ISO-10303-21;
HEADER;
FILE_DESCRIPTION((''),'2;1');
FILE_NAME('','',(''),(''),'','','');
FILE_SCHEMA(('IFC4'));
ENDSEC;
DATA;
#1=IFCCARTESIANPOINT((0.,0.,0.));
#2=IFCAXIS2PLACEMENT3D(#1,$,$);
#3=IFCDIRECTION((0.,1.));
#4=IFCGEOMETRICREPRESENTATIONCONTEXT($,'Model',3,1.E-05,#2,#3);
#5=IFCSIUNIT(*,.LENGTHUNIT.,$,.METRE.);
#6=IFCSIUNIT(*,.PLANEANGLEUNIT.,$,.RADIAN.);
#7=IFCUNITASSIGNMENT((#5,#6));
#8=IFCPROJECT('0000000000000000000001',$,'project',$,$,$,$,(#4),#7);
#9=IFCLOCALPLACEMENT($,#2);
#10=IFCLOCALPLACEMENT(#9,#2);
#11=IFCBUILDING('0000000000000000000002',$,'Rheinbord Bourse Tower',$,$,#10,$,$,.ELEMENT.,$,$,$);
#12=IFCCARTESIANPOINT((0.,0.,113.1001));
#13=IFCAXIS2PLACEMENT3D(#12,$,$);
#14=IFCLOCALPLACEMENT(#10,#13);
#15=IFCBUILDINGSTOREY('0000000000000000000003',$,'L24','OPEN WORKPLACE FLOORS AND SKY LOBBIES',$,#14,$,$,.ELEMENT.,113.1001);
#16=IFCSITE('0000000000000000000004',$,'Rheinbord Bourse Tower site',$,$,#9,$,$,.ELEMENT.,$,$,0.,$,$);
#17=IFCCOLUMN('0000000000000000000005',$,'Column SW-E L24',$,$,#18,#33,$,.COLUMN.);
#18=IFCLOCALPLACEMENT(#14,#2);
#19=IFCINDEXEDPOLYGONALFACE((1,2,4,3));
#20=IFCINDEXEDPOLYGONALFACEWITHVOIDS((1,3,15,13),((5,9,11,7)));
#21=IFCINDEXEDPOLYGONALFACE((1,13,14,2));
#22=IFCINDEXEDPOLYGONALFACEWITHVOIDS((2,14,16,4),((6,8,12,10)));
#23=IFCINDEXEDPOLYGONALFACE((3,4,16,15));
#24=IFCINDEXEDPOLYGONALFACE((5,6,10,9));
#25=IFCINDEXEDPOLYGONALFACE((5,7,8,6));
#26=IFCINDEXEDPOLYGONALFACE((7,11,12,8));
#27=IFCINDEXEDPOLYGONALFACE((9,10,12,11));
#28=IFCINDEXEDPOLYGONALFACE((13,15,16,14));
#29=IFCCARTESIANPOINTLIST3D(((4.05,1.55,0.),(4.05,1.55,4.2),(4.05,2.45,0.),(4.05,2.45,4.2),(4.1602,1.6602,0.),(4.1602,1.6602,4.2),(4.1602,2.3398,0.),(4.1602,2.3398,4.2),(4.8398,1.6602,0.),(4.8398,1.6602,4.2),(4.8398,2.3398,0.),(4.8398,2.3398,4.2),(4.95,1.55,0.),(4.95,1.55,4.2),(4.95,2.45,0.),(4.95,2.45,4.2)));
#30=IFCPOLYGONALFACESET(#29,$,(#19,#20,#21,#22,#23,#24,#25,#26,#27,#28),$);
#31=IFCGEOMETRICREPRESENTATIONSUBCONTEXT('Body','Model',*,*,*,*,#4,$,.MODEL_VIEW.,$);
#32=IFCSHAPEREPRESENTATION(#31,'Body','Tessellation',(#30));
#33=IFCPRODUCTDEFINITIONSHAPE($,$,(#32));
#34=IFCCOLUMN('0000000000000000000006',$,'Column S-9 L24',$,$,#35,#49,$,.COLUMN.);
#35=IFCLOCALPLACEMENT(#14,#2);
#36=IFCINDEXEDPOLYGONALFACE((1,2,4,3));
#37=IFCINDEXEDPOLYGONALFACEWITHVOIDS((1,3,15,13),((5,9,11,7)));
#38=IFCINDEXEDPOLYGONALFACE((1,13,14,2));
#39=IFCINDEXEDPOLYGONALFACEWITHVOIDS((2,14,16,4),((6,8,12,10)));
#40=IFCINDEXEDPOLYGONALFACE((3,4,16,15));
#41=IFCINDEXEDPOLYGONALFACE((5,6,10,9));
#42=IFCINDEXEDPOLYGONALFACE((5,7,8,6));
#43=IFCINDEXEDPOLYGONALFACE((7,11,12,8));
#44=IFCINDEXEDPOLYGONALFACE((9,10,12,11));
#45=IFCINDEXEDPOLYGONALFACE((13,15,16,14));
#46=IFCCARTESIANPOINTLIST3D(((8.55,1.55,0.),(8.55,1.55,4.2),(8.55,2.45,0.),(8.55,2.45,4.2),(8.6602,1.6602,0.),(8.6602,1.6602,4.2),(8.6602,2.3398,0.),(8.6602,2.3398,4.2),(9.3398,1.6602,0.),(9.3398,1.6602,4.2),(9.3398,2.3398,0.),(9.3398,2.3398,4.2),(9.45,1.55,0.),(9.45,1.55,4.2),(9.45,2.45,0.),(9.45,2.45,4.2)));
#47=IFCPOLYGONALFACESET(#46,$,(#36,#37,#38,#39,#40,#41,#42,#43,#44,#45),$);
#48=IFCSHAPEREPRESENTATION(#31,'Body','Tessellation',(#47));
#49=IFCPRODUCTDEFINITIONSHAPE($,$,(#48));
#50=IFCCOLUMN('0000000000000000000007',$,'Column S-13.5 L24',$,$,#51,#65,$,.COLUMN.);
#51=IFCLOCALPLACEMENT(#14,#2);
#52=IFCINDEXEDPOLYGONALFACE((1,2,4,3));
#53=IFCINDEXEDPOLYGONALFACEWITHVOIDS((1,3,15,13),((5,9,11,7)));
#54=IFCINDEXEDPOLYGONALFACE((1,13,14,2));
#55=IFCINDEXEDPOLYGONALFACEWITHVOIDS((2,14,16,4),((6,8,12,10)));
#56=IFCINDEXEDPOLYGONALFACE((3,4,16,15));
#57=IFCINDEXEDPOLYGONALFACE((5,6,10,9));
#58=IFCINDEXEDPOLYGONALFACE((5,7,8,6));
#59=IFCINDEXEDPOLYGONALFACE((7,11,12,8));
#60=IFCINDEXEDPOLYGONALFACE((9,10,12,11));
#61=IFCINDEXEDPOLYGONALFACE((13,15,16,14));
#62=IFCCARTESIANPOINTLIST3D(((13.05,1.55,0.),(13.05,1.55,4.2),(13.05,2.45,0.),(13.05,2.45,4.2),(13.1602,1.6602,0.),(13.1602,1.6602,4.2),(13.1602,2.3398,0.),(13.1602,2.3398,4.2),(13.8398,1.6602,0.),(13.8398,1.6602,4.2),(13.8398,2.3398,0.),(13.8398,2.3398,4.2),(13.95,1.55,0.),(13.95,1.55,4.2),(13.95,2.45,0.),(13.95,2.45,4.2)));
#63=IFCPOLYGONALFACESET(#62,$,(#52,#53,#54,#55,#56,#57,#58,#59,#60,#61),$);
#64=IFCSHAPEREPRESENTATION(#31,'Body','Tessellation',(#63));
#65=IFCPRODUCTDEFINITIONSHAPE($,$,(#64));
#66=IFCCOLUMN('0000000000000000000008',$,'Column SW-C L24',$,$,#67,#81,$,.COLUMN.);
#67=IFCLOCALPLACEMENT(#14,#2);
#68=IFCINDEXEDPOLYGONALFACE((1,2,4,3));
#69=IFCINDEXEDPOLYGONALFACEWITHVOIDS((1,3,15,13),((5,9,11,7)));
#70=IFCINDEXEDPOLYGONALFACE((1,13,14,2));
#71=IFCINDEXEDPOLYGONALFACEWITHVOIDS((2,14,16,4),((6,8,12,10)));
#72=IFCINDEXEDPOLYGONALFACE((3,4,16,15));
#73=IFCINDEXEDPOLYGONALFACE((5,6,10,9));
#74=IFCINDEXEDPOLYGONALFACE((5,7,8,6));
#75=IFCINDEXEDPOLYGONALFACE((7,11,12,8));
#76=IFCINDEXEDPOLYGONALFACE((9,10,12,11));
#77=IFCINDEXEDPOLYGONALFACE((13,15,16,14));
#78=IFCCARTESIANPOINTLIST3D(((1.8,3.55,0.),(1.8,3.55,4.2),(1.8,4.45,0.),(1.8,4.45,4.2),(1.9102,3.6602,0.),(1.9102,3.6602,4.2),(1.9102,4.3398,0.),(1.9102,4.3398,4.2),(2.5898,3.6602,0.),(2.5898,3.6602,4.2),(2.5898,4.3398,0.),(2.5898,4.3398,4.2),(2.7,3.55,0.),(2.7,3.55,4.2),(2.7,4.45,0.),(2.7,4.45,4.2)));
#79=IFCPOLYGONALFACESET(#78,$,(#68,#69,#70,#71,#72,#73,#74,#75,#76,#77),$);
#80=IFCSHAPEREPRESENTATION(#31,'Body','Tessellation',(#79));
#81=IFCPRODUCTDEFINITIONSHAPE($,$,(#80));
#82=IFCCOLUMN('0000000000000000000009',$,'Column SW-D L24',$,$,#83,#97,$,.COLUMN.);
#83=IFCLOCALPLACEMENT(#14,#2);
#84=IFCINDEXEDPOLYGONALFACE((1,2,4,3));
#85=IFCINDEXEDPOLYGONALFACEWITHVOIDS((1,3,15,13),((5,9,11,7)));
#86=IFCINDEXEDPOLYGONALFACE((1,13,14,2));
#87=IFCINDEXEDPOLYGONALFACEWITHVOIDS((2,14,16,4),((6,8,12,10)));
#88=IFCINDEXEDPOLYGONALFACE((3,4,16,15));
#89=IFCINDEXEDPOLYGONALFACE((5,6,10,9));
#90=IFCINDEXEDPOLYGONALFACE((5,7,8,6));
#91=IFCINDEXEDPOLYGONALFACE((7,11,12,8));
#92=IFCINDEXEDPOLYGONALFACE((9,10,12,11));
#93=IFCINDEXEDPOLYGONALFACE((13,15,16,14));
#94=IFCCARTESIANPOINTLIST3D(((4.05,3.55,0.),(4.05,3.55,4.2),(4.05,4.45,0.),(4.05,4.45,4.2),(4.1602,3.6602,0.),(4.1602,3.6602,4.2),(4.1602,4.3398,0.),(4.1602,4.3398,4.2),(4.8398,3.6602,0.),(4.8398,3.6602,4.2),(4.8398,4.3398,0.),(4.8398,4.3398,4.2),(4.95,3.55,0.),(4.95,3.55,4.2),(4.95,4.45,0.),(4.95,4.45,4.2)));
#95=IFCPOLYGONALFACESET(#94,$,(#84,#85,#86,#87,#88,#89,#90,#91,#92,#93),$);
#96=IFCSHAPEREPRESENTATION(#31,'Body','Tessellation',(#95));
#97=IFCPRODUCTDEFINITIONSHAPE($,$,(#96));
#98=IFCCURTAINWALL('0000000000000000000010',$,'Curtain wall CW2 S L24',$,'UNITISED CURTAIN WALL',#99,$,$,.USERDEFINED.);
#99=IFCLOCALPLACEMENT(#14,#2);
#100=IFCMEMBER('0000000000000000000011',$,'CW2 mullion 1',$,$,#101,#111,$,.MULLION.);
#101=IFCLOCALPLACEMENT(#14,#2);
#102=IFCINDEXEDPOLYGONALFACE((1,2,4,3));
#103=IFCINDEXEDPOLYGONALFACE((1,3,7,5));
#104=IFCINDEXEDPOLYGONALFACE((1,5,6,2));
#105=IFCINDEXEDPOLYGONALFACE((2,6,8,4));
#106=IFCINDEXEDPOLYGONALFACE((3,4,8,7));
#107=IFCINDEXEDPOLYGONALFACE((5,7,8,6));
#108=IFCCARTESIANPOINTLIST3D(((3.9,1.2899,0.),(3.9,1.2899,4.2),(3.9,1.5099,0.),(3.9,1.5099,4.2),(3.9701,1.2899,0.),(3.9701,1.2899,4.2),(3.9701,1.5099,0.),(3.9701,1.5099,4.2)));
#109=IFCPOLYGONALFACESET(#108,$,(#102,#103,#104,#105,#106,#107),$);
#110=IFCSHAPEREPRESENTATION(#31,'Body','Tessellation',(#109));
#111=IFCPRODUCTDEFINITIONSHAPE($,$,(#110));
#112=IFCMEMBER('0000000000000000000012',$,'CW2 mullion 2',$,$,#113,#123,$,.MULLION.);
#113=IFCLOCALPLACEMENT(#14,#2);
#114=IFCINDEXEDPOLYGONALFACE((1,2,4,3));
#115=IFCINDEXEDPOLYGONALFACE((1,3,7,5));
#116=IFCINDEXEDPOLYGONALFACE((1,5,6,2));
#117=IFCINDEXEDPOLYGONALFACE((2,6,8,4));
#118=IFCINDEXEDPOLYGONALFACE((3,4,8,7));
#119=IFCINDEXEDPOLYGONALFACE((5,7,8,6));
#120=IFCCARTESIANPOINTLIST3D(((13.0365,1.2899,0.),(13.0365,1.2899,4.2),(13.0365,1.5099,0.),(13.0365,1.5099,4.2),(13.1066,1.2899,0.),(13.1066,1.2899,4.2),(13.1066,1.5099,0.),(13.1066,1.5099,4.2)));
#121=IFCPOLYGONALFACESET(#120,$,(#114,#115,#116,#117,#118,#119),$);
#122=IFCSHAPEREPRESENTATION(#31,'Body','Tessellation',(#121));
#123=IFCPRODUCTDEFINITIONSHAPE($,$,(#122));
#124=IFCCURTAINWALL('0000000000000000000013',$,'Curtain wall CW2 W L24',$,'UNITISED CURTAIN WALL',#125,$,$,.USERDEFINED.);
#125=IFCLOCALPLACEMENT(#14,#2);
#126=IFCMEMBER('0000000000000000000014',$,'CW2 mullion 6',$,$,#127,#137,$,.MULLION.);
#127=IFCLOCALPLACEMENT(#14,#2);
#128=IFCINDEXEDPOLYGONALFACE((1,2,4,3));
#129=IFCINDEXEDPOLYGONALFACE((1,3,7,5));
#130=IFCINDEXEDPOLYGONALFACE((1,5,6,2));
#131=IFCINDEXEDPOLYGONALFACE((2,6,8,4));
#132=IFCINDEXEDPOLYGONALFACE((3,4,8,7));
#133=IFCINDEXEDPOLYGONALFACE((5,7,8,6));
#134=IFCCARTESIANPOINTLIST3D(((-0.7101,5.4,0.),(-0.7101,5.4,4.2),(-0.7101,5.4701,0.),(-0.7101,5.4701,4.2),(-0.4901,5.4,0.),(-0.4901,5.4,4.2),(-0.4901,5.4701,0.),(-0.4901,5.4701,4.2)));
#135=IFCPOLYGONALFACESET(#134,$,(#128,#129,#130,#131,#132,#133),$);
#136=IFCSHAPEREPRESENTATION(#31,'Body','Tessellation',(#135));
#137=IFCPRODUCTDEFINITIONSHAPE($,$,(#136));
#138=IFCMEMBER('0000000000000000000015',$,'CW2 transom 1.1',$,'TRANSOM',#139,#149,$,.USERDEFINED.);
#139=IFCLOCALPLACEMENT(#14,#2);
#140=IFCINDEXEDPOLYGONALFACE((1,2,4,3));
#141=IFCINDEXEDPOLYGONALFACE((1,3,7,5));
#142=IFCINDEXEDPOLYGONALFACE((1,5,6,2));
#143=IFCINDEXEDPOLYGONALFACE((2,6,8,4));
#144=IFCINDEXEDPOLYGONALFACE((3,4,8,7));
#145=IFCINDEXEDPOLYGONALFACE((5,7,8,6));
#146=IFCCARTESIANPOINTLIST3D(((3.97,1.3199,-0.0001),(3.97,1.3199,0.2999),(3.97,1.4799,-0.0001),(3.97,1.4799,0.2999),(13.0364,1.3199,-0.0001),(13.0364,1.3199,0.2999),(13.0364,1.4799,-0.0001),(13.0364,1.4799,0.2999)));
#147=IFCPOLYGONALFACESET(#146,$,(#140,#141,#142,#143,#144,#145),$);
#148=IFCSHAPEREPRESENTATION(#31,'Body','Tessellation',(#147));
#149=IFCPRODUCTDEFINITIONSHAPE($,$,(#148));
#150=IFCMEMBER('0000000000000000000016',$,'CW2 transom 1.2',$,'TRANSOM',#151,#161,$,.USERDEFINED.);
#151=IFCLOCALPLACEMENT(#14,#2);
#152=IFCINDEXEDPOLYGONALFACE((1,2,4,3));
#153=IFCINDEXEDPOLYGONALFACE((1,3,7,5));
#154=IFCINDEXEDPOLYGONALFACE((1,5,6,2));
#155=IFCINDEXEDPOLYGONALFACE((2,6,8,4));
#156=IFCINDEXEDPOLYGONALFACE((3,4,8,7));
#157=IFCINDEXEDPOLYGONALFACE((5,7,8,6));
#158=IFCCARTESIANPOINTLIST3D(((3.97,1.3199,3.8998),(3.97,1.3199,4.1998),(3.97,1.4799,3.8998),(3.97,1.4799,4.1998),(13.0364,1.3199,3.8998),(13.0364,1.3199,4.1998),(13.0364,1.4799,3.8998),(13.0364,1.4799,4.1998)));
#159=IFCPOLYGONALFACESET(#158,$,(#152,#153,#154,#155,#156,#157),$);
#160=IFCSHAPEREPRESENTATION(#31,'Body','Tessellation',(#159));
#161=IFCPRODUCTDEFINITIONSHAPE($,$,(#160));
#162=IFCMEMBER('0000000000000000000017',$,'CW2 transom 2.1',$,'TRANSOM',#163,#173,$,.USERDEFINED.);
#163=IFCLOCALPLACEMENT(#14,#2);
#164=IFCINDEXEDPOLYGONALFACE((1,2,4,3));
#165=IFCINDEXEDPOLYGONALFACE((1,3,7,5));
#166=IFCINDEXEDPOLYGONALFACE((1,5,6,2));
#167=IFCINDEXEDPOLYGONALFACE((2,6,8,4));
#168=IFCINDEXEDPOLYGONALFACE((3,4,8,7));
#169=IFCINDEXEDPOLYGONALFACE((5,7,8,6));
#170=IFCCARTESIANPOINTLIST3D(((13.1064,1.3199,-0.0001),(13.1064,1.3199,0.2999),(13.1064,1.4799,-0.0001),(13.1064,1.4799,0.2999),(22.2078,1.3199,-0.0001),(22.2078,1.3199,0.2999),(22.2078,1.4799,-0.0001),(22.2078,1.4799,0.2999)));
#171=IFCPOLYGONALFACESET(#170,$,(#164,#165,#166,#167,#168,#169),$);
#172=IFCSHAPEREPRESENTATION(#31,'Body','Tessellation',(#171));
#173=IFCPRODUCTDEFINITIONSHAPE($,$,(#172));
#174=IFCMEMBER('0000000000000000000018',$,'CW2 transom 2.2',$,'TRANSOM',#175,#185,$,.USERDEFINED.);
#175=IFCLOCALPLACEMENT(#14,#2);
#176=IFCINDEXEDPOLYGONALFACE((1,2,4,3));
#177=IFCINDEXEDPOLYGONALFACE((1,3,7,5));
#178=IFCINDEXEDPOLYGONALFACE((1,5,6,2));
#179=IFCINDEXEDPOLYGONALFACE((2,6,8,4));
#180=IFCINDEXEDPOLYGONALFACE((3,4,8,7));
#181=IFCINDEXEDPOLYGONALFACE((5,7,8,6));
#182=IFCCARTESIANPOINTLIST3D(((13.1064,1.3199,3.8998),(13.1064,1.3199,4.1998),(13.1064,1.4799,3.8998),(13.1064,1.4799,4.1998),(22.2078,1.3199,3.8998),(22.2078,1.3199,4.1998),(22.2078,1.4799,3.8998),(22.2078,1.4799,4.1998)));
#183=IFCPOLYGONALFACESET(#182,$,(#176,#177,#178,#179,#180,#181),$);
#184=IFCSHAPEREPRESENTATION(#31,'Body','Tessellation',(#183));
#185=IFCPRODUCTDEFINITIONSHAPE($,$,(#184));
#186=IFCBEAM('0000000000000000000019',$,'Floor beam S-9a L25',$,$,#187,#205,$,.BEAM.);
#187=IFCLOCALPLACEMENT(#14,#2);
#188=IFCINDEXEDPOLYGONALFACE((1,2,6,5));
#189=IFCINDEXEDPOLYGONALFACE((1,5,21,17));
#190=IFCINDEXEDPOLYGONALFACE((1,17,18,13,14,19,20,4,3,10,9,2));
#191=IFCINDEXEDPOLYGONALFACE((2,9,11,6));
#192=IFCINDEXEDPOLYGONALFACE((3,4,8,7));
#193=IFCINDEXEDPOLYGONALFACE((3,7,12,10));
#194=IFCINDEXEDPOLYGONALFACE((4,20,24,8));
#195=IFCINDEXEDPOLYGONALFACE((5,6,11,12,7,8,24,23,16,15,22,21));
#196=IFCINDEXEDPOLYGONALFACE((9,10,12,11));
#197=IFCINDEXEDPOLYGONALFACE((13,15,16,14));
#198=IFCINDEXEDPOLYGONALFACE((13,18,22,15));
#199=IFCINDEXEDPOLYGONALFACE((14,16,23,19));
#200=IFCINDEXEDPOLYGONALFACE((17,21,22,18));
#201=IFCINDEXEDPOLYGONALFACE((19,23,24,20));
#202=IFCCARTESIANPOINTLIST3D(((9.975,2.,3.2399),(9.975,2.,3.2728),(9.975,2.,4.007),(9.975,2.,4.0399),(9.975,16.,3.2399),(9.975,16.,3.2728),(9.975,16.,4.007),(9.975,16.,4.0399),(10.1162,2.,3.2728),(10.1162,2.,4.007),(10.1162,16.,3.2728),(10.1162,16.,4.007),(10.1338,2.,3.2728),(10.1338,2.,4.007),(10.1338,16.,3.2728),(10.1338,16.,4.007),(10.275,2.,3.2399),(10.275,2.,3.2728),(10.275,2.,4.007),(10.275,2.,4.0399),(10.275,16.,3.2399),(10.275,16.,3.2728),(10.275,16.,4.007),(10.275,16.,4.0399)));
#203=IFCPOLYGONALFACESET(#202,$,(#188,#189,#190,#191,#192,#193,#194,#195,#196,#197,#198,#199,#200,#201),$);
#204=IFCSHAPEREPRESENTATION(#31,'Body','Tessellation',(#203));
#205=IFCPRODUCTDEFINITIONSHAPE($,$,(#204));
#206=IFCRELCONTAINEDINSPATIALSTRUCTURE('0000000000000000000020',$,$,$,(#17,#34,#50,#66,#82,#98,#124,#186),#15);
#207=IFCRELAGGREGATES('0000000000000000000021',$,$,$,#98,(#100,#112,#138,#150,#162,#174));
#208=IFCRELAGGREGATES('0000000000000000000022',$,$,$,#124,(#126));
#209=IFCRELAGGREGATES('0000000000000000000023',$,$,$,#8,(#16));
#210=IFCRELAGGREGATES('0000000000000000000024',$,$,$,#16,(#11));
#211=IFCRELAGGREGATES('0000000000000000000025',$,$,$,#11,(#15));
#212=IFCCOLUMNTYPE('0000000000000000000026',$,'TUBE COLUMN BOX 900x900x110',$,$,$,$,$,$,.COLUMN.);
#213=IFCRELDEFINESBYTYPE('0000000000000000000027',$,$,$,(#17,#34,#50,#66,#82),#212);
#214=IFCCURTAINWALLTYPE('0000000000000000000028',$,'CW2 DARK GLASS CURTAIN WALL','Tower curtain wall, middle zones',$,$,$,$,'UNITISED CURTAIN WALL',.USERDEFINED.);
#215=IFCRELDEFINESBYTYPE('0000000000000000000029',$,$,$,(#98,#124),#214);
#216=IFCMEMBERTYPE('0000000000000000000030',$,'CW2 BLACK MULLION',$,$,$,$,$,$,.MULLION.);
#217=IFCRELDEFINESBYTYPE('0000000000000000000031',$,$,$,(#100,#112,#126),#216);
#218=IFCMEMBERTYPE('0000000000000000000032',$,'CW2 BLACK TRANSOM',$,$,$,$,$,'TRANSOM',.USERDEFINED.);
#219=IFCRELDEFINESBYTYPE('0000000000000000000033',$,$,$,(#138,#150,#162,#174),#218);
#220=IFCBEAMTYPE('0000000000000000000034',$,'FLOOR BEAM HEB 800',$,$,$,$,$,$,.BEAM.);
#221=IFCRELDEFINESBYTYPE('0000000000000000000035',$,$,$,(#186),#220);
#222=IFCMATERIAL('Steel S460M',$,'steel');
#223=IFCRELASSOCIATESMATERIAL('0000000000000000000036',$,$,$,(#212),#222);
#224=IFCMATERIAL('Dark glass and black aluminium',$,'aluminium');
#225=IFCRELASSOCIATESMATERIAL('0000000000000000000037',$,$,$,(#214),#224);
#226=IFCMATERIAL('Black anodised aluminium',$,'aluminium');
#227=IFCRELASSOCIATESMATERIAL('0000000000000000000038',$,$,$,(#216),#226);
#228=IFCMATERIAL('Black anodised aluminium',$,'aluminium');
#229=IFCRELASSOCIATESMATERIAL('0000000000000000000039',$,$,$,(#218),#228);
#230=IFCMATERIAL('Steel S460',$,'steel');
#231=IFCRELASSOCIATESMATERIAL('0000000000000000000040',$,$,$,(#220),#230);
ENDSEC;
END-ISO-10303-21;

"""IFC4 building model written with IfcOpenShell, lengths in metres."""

from ifc_helpers import new_model, si_unit, direction, frame, origin, origin_2d, place, context, subcontext, project, spatial, rectangle, hollow_rectangle, i_section, extrude, material, material_profile, profile_set, type_object, element, aggregate, save


model = new_model("IFC4")

# Units and contexts
model_context = context("Model", 3, precision=1e-05, world=origin(), true_north=direction((0.0, 1.0)))
body_context = subcontext(model_context, "Body", "Model", "MODEL_VIEW")
ifc_project = project(units=[si_unit("LENGTHUNIT", "METRE"), si_unit("PLANEANGLEUNIT", "RADIAN")], contexts=[model_context])

# Site, building, storey
site_placement = place(None, origin())
site = spatial("IfcSite", under=ifc_project, at=site_placement, Name="Rheinbord Bourse Tower site", CompositionType="ELEMENT", RefElevation=0.0)
building_placement = place(site_placement, origin())
building = spatial("IfcBuilding", under=site, at=building_placement, Name="Rheinbord Bourse Tower", CompositionType="ELEMENT")
storey_placement = place(building_placement, frame((0.0, 0.0, 113.1001)))
storey = spatial("IfcBuildingStorey", under=building, at=storey_placement, Name="L24", Description="OPEN WORKPLACE FLOORS AND SKY LOBBIES", CompositionType="ELEMENT", Elevation=113.1001)

# Columns
ifc_material_1 = material(Name="Steel S460M", Category="steel")
ifc_material_profile_1 = material_profile(ifc_material_1, hollow_rectangle(XDim=0.8999, YDim=0.8999, WallThickness=0.1101, at=origin_2d()), Name="BOX 900x900x110")
ifc_profile_set_1 = profile_set([ifc_material_profile_1], Name="Steel S460M")
column_type = type_object("IfcColumnType", Name="TUBE COLUMN BOX 900x900x110", PredefinedType="COLUMN", material=ifc_profile_set_1)
for number, where, z_axis, x_axis, name in (
    (1, (4.5, 2.0, 0.0), (0.0, 0.0, 1.0), (0.0, 1.0, 0.0), "Column SW-E L24"),
    (2, (9.0, 2.0, 0.0), (0.0, 0.0, 1.0), (0.0, 1.0, 0.0), "Column S-9 L24"),
    (3, (13.5, 2.0, 0.0), (0.0, 0.0, 1.0), (0.0, 1.0, 0.0), "Column S-13.5 L24"),
    (4, (2.25, 4.0, 0.0), (0.0, 0.0, 1.0), (1.0, 0.0, 0.0), "Column SW-C L24"),
    (5, (4.5, 4.0, 0.0), (0.0, 0.0, 1.0), (0.0, 1.0, 0.0), "Column SW-D L24"),
):
    element("IfcColumn", number, at=place(storey_placement, frame(where, z_axis=z_axis, x_axis=x_axis)), inside=storey, type_object=column_type, Name=name, PredefinedType="COLUMN", context=body_context, shape_type="SweptSolid", body=[
        extrude(hollow_rectangle(XDim=0.8999, YDim=0.8999, WallThickness=0.1101, at=origin_2d()), origin(), (0.0, 0.0, 1.0), 4.2),
    ])

# Curtain wall, members
ifc_material_2 = material(Name="Dark glass and black aluminium", Category="aluminium")
curtain_wall_type = type_object("IfcCurtainWallType", Name="CW2 DARK GLASS CURTAIN WALL", Description="Tower curtain wall, middle zones", ElementType="UNITISED CURTAIN WALL", PredefinedType="USERDEFINED", material=ifc_material_2)
curtain_wall_1_placement = place(storey_placement, origin())
curtain_wall_1 = element("IfcCurtainWall", 6, at=curtain_wall_1_placement, inside=storey, type_object=curtain_wall_type, Name="Curtain wall CW2 S L24", ObjectType="UNITISED CURTAIN WALL", PredefinedType="USERDEFINED")
ifc_material_3 = material(Name="Black anodised aluminium", Category="aluminium")
ifc_material_profile_2 = material_profile(ifc_material_3, rectangle(XDim=0.22, YDim=0.0701, at=origin_2d()), Name="CW2 MULLION 70x220")
ifc_profile_set_2 = profile_set([ifc_material_profile_2], Name="Black anodised aluminium")
member_type_1 = type_object("IfcMemberType", Name="CW2 BLACK MULLION", PredefinedType="MULLION", material=ifc_profile_set_2)
member_1_placement = place(storey_placement, frame((3.9351, 1.3999, 0.0), z_axis=(0.0, 0.0, 1.0), x_axis=(0.0, 1.0, 0.0)))
member_1 = element("IfcMember", 7, at=member_1_placement, type_object=member_type_1, Name="CW2 mullion 1", PredefinedType="MULLION", context=body_context, shape_type="SweptSolid", body=[
    extrude(rectangle(XDim=0.22, YDim=0.0701, at=origin_2d()), origin(), (0.0, 0.0, 1.0), 4.2),
])
member_2_placement = place(storey_placement, frame((13.0715, 1.3999, 0.0), z_axis=(0.0, 0.0, 1.0), x_axis=(0.0, 1.0, 0.0)))
member_2 = element("IfcMember", 8, at=member_2_placement, type_object=member_type_1, Name="CW2 mullion 2", PredefinedType="MULLION", context=body_context, shape_type="SweptSolid", body=[
    extrude(rectangle(XDim=0.22, YDim=0.0701, at=origin_2d()), origin(), (0.0, 0.0, 1.0), 4.2),
])

# Curtain wall, member
curtain_wall_2_placement = place(storey_placement, origin())
curtain_wall_2 = element("IfcCurtainWall", 9, at=curtain_wall_2_placement, inside=storey, type_object=curtain_wall_type, Name="Curtain wall CW2 W L24", ObjectType="UNITISED CURTAIN WALL", PredefinedType="USERDEFINED")
member_3_placement = place(storey_placement, frame((-0.6001, 5.4351, 0.0), z_axis=(0.0, 0.0, 1.0), x_axis=(1.0, 0.0, 0.0)))
member_3 = element("IfcMember", 10, at=member_3_placement, type_object=member_type_1, Name="CW2 mullion 6", PredefinedType="MULLION", context=body_context, shape_type="SweptSolid", body=[
    extrude(rectangle(XDim=0.22, YDim=0.0701, at=origin_2d()), origin(), (0.0, 0.0, 1.0), 4.2),
])

# Members
ifc_material_4 = material(Name="Black anodised aluminium", Category="aluminium")
ifc_material_profile_3 = material_profile(ifc_material_4, rectangle(XDim=0.1599, YDim=0.3, at=origin_2d()), Name="CW2 TRANSOM 300x160")
ifc_profile_set_3 = profile_set([ifc_material_profile_3], Name="Black anodised aluminium")
member_type_2 = type_object("IfcMemberType", Name="CW2 BLACK TRANSOM", ElementType="TRANSOM", PredefinedType="USERDEFINED", material=ifc_profile_set_3)
member_4_placement = place(storey_placement, frame((3.97, 1.3999, 0.1499), z_axis=(1.0, 0.0, 0.0), x_axis=(0.0, 1.0, 0.0)))
member_4 = element("IfcMember", 11, at=member_4_placement, type_object=member_type_2, Name="CW2 transom 1.1", ObjectType="TRANSOM", PredefinedType="USERDEFINED", context=body_context, shape_type="SweptSolid", body=[
    extrude(rectangle(XDim=0.1599, YDim=0.3, at=origin_2d()), origin(), (0.0, 0.0, 1.0), 9.0664),
])
member_5_placement = place(storey_placement, frame((3.97, 1.3999, 4.0498), z_axis=(1.0, 0.0, 0.0), x_axis=(0.0, 1.0, 0.0)))
member_5 = element("IfcMember", 12, at=member_5_placement, type_object=member_type_2, Name="CW2 transom 1.2", ObjectType="TRANSOM", PredefinedType="USERDEFINED", context=body_context, shape_type="SweptSolid", body=[
    extrude(rectangle(XDim=0.1599, YDim=0.3, at=origin_2d()), origin(), (0.0, 0.0, 1.0), 9.0664),
])
member_6_placement = place(storey_placement, frame((13.1064, 1.3999, 0.1499), z_axis=(1.0, 0.0, 0.0), x_axis=(0.0, 1.0, 0.0)))
member_6 = element("IfcMember", 13, at=member_6_placement, type_object=member_type_2, Name="CW2 transom 2.1", ObjectType="TRANSOM", PredefinedType="USERDEFINED", context=body_context, shape_type="SweptSolid", body=[
    extrude(rectangle(XDim=0.1599, YDim=0.3, at=origin_2d()), origin(), (0.0, 0.0, 1.0), 9.1013),
])
member_7_placement = place(storey_placement, frame((13.1064, 1.3999, 4.0498), z_axis=(1.0, 0.0, 0.0), x_axis=(0.0, 1.0, 0.0)))
member_7 = element("IfcMember", 14, at=member_7_placement, type_object=member_type_2, Name="CW2 transom 2.2", ObjectType="TRANSOM", PredefinedType="USERDEFINED", context=body_context, shape_type="SweptSolid", body=[
    extrude(rectangle(XDim=0.1599, YDim=0.3, at=origin_2d()), origin(), (0.0, 0.0, 1.0), 9.1013),
])

# Beam
ifc_material_5 = material(Name="Steel S460", Category="steel")
ifc_material_profile_4 = material_profile(ifc_material_5, i_section(OverallWidth=0.3, OverallDepth=0.8, WebThickness=0.0176, FlangeThickness=0.033, at=origin_2d()), Name="HEB 800")
ifc_profile_set_4 = profile_set([ifc_material_profile_4], Name="Steel S460")
beam_type_1 = type_object("IfcBeamType", Name="FLOOR BEAM HEB 800", PredefinedType="BEAM", material=ifc_profile_set_4)
for number, where, z_axis, x_axis, name in (
    (15, (10.125, 2.0, 3.6399), (0.0, 1.0, 0.0), (-1.0, 0.0, 0.0), "Floor beam S-9a L25"),
):
    element("IfcBeam", number, at=place(storey_placement, frame(where, z_axis=z_axis, x_axis=x_axis)), inside=storey, type_object=beam_type_1, Name=name, PredefinedType="BEAM", context=body_context, shape_type="SweptSolid", body=[
        extrude(i_section(OverallWidth=0.3, OverallDepth=0.8, WebThickness=0.0176, FlangeThickness=0.033, at=origin_2d()), origin(), (0.0, 0.0, 1.0), 14.0),
    ])

aggregate(curtain_wall_1, [member_1, member_2, member_4, member_5, member_6, member_7])
aggregate(curtain_wall_2, [member_3])

save(model, "model.ifc")
